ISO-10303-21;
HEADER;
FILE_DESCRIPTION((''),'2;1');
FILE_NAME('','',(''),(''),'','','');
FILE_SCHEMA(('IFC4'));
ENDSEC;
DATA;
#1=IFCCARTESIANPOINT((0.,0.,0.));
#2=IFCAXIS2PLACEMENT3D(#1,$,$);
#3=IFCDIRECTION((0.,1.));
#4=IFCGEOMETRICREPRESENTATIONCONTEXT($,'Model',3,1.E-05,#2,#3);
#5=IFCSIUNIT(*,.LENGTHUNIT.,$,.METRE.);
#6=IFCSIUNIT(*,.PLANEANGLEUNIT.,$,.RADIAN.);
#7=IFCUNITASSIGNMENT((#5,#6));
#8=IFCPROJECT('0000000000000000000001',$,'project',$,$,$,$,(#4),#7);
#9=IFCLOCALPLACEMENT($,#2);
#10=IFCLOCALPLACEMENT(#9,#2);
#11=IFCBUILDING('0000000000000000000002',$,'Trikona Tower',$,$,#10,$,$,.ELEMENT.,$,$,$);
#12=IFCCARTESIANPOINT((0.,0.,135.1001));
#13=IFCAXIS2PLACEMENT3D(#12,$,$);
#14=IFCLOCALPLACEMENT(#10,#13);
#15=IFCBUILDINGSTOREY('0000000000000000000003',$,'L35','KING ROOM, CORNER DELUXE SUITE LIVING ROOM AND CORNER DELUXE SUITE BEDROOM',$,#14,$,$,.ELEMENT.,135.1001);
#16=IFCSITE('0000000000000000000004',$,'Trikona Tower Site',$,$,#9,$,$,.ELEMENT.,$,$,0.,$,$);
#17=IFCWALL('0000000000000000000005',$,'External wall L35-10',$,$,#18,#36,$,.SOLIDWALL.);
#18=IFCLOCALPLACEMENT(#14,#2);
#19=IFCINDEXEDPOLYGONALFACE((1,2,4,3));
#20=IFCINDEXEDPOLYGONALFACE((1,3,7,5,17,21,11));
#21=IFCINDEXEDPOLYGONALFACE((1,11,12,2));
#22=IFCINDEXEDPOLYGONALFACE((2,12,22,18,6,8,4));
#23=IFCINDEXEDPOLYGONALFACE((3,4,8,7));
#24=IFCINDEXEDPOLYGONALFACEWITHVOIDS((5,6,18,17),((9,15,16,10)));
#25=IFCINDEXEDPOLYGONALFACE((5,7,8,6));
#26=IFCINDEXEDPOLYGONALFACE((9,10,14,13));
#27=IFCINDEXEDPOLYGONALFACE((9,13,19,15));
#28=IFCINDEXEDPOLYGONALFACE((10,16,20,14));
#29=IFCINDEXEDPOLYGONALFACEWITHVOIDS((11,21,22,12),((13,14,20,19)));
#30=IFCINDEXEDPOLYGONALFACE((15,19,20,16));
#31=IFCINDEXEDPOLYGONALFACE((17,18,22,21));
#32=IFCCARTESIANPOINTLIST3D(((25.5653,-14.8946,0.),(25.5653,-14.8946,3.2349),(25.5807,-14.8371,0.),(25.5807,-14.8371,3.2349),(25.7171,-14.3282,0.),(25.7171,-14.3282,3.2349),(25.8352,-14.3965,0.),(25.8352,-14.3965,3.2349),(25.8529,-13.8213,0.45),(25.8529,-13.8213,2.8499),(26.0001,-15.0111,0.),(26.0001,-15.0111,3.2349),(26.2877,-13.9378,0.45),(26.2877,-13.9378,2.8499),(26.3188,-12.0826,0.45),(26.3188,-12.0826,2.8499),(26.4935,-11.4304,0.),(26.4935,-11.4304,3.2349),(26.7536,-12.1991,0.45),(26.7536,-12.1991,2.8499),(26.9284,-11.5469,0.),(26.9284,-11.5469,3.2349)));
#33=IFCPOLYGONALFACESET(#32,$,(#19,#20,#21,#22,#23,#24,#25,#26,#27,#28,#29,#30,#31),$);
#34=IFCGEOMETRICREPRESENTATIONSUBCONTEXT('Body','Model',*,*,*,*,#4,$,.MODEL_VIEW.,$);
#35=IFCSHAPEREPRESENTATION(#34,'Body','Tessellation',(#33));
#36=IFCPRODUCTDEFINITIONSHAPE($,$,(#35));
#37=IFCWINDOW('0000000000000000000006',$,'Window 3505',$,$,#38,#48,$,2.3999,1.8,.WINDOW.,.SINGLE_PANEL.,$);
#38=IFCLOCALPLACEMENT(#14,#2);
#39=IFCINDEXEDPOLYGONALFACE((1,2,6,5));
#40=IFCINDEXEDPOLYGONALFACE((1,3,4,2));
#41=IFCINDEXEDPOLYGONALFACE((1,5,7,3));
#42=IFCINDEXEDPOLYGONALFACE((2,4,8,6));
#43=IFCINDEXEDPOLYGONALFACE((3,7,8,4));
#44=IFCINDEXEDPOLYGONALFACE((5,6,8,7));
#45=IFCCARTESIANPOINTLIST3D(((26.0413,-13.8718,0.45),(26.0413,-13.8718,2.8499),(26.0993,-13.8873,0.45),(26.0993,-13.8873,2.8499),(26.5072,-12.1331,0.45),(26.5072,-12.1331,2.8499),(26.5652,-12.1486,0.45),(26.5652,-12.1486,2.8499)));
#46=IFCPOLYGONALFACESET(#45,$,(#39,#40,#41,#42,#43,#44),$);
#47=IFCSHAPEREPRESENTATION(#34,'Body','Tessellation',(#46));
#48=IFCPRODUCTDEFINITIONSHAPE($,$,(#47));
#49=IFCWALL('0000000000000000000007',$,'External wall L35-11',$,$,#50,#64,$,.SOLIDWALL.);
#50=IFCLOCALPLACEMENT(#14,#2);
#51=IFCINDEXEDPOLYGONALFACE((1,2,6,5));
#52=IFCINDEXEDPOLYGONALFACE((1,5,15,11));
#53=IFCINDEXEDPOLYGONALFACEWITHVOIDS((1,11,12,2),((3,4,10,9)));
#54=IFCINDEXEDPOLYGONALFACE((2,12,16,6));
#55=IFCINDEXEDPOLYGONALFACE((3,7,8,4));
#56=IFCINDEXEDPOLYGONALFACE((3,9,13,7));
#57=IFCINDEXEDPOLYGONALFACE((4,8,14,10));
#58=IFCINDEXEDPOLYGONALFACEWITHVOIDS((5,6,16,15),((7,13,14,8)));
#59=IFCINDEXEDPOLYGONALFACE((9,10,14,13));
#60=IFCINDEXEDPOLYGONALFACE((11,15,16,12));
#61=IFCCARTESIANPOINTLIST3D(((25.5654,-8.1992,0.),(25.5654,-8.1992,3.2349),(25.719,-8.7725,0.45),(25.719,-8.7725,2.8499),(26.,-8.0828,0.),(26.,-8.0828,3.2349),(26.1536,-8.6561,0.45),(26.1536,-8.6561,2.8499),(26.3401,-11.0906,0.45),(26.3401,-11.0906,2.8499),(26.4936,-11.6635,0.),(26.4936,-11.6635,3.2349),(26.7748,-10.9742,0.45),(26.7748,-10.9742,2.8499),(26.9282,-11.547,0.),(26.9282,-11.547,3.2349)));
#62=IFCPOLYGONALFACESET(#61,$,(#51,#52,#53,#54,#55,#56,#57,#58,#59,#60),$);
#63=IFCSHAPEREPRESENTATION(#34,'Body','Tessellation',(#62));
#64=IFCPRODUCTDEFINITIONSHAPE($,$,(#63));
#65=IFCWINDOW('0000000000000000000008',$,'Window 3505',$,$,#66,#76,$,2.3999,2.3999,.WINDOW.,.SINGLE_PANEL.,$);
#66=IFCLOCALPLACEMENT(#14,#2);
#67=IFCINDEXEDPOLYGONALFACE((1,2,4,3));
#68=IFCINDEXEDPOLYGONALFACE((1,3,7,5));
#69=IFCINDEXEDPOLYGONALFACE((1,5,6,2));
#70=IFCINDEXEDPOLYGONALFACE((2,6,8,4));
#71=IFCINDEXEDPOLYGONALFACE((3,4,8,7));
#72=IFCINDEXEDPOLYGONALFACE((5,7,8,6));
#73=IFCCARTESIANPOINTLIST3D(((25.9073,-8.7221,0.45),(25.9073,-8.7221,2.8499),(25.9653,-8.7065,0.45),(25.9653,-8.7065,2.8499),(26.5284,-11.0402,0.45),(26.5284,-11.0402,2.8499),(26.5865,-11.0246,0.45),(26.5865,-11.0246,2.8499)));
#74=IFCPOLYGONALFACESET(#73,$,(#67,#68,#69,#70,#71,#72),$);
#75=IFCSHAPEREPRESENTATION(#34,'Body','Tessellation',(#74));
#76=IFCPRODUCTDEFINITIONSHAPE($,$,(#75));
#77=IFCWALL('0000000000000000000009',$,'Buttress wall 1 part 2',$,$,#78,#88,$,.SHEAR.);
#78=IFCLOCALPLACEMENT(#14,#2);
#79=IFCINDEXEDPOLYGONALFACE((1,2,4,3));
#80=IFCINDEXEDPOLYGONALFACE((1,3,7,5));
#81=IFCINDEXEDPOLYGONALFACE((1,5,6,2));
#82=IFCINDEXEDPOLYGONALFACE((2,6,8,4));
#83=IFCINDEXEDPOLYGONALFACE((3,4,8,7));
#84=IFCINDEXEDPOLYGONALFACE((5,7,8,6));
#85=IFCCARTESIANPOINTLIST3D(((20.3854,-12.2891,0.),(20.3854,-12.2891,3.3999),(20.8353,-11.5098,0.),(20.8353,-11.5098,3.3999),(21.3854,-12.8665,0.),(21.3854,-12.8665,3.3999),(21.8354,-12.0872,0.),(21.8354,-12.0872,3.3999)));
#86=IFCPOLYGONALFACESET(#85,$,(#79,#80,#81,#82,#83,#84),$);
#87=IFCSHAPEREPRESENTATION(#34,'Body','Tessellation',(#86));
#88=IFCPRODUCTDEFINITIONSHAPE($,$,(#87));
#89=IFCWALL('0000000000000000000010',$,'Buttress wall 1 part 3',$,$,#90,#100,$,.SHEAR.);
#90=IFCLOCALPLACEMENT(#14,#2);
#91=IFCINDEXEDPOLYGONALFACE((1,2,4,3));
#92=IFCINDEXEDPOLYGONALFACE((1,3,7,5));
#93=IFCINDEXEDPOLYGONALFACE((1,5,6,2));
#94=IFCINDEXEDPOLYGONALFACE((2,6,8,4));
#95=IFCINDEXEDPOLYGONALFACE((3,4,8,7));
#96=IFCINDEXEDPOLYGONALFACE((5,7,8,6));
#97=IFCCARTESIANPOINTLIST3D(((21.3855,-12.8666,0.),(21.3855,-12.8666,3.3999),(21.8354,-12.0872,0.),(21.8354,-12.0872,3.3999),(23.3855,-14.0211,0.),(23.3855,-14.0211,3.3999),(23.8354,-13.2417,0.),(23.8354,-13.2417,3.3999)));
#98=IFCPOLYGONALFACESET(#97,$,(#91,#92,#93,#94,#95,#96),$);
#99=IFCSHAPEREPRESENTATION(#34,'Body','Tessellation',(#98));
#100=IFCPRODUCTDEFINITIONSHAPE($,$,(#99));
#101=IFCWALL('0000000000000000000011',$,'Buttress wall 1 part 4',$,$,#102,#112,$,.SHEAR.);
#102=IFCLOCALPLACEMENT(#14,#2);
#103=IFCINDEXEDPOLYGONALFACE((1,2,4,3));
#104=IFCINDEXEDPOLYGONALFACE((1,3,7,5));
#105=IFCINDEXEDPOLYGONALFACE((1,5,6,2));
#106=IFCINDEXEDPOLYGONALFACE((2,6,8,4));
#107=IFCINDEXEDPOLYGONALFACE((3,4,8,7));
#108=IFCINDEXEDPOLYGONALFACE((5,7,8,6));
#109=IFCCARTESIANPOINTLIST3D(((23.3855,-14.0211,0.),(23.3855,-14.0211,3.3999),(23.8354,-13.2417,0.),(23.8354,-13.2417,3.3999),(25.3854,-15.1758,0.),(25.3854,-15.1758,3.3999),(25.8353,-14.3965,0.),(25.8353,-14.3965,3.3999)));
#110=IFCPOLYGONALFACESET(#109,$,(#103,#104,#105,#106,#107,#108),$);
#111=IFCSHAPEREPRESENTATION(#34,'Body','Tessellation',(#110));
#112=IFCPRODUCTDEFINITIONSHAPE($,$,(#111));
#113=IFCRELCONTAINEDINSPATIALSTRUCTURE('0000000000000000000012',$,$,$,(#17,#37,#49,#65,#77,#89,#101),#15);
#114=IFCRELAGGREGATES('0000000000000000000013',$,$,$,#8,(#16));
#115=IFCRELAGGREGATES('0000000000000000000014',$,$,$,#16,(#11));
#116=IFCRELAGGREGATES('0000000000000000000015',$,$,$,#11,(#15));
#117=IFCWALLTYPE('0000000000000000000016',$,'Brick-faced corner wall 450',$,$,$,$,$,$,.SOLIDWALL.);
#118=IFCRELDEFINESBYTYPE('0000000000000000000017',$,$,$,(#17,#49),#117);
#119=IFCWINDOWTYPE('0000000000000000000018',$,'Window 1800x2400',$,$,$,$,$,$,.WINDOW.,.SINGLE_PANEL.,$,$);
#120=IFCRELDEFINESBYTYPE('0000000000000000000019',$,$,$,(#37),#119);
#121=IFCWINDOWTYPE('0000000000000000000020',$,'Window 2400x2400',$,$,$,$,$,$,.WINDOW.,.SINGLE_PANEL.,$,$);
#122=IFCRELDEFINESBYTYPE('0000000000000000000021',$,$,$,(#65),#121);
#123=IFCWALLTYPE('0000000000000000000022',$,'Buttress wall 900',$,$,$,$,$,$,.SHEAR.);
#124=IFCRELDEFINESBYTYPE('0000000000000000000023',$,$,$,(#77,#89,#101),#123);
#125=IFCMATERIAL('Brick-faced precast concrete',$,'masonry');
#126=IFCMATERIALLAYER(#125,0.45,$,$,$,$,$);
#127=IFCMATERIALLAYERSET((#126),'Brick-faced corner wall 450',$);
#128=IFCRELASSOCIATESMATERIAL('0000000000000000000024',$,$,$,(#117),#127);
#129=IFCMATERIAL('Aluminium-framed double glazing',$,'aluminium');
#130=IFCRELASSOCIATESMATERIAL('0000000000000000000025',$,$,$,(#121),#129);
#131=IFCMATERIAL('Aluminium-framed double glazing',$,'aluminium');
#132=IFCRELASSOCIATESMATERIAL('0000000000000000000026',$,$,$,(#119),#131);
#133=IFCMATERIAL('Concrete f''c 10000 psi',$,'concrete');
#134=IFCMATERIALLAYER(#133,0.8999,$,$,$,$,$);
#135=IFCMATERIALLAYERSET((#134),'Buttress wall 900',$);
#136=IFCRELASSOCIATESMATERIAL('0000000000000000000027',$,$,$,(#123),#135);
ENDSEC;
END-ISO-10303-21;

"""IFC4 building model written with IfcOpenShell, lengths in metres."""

from ifc_helpers import new_model, si_unit, direction, frame, frame_2d, origin, place, context, subcontext, project, spatial, polyline, rectangle, outline, extrude, material, layer, layer_set, type_object, element, fill, save


model = new_model("IFC4")

# Units and contexts
model_context = context("Model", 3, precision=1e-05, world=origin(), true_north=direction((0.0, 1.0)))
body_context = subcontext(model_context, "Body", "Model", "MODEL_VIEW")
ifc_project = project(units=[si_unit("LENGTHUNIT", "METRE"), si_unit("PLANEANGLEUNIT", "RADIAN")], contexts=[model_context])

# Site, building, storey
site_placement = place(None, origin())
site = spatial("IfcSite", under=ifc_project, at=site_placement, Name="Trikona Tower Site", CompositionType="ELEMENT", RefElevation=0.0)
building_placement = place(site_placement, origin())
building = spatial("IfcBuilding", under=site, at=building_placement, Name="Trikona Tower", CompositionType="ELEMENT")
storey_placement = place(building_placement, frame((0.0, 0.0, 135.1001)))
storey = spatial("IfcBuildingStorey", under=building, at=storey_placement, Name="L35", Description="KING ROOM, CORNER DELUXE SUITE LIVING ROOM AND CORNER DELUXE SUITE BEDROOM", CompositionType="ELEMENT", Elevation=135.1001)

# Walls, openings, windows
ifc_material_1 = material(Name="Brick-faced precast concrete", Category="masonry")
ifc_layer_1 = layer(ifc_material_1, 0.45)
ifc_layer_set_1 = layer_set([ifc_layer_1], Name="Brick-faced corner wall 450")
wall_type_1 = type_object("IfcWallType", Name="Brick-faced corner wall 450", PredefinedType="SOLIDWALL", material=ifc_layer_set_1)
ifc_material_2 = material(Name="Aluminium-framed double glazing", Category="aluminium")
window_type_1 = type_object("IfcWindowType", Name="Window 2400x2400", PartitioningType="SINGLE_PANEL", PredefinedType="WINDOW", material=ifc_material_2)
ifc_material_3 = material(Name="Aluminium-framed double glazing", Category="aluminium")
window_type_2 = type_object("IfcWindowType", Name="Window 1800x2400", PartitioningType="SINGLE_PANEL", PredefinedType="WINDOW", material=ifc_material_3)
wall_1_placement = place(storey_placement, frame((25.7827, -14.9529, 0.0), z_axis=(0.0, 0.0, 1.0), x_axis=(0.258823, 0.965925, 0.0)))
wall_1 = element("IfcWall", 1, at=wall_1_placement, inside=storey, type_object=wall_type_1, Name="External wall L35-10", PredefinedType="SOLIDWALL", context=body_context, shape_type="SweptSolid", body=[
    extrude(outline(polyline([(3.5864, 0.2251), (0.5864, 0.2251), (0.551, 0.0933), (0.0596, 0.2251), (0.0, 0.2251), (0.0, -0.2251), (3.5864, -0.2251), (3.5864, 0.2251)])), origin(), (0.0, 0.0, 1.0), 3.2349),
])
opening_1_placement = place(wall_1_placement, frame((1.1113, 0.0, 0.45)))
opening_1 = element("IfcOpeningElement", 2, at=opening_1_placement, cuts=wall_1, PredefinedType="OPENING", context=body_context, shape_type="SweptSolid", body=[
    extrude(rectangle(XDim=1.8, YDim=2.3999, at=frame_2d((0.8999, 1.2))), frame((0.0, 0.2349, 0.0), z_axis=(0.0, -1.0, 0.0), x_axis=(1.0, 0.0, 0.0)), (0.0, 0.0, 1.0), 0.47),
])
window_1_placement = place(opening_1_placement, origin())
window_1 = element("IfcWindow", 3, at=window_1_placement, inside=storey, type_object=window_type_2, Name="Window 3505", OverallHeight=2.3999, OverallWidth=1.8, PartitioningType="SINGLE_PANEL", PredefinedType="WINDOW", context=body_context, shape_type="SweptSolid", body=[
    extrude(rectangle(XDim=1.8, YDim=2.3999, at=frame_2d((0.8999, 1.2))), frame((0.0, 0.03, 0.0), z_axis=(0.0, -1.0, 0.0), x_axis=(1.0, 0.0, 0.0)), (0.0, 0.0, 1.0), 0.0601),
])
fill(opening_1, window_1)
wall_2_placement = place(storey_placement, frame((26.7109, -11.6052, 0.0), z_axis=(0.0, 0.0, 1.0), x_axis=(-0.258823, 0.965925, 0.0)))
wall_2 = element("IfcWall", 4, at=wall_2_placement, inside=storey, type_object=wall_type_1, Name="External wall L35-11", PredefinedType="SOLIDWALL", context=body_context, shape_type="SweptSolid", body=[
    extrude(rectangle(XDim=3.5864, YDim=0.45, at=frame_2d((1.7932, 0.0))), origin(), (0.0, 0.0, 1.0), 3.2349),
])
opening_2_placement = place(wall_2_placement, frame((0.593, 0.0, 0.45)))
opening_2 = element("IfcOpeningElement", 5, at=opening_2_placement, cuts=wall_2, PredefinedType="OPENING", context=body_context, shape_type="SweptSolid", body=[
    extrude(rectangle(XDim=2.3999, YDim=2.3999, at=frame_2d((1.2, 1.2))), frame((0.0, 0.2349, 0.0), z_axis=(0.0, -1.0, 0.0), x_axis=(1.0, 0.0, 0.0)), (0.0, 0.0, 1.0), 0.47),
])
window_2_placement = place(opening_2_placement, origin())
window_2 = element("IfcWindow", 6, at=window_2_placement, inside=storey, type_object=window_type_1, Name="Window 3505", OverallHeight=2.3999, OverallWidth=2.3999, PartitioningType="SINGLE_PANEL", PredefinedType="WINDOW", context=body_context, shape_type="SweptSolid", body=[
    extrude(rectangle(XDim=2.3999, YDim=2.3999, at=frame_2d((1.2, 1.2))), frame((0.0, 0.03, 0.0), z_axis=(0.0, -1.0, 0.0), x_axis=(1.0, 0.0, 0.0)), (0.0, 0.0, 1.0), 0.0601),
])
fill(opening_2, window_2)

# Walls
ifc_material_4 = material(Name="Concrete f'c 10000 psi", Category="concrete")
ifc_layer_2 = layer(ifc_material_4, 0.8999)
ifc_layer_set_2 = layer_set([ifc_layer_2], Name="Buttress wall 900")
wall_type_2 = type_object("IfcWallType", Name="Buttress wall 900", PredefinedType="SHEAR", material=ifc_layer_set_2)
wall_3_placement = place(storey_placement, frame((20.6104, -11.8994, 0.0), z_axis=(0.0, 0.0, 1.0), x_axis=(0.86601, -0.500027, 0.0)))
element("IfcWall", 7, at=wall_3_placement, inside=storey, type_object=wall_type_2, Name="Buttress wall 1 part 2", PredefinedType="SHEAR", context=body_context, shape_type="SweptSolid", body=[
    extrude(rectangle(XDim=1.1548, YDim=0.8999, at=frame_2d((0.5774, 0.0))), origin(), (0.0, 0.0, 1.0), 3.3999),
])
for number, where, z_axis, x_axis, name in (
    (8, (21.6104, -12.4768, 0.0), (0.0, 0.0, 1.0), (0.866055, -0.499948, 0.0), "Buttress wall 1 part 3"),
    (9, (23.6104, -13.6313, 0.0), (0.0, 0.0, 1.0), (0.86601, -0.500027, 0.0), "Buttress wall 1 part 4"),
):
    element("IfcWall", number, at=place(storey_placement, frame(where, z_axis=z_axis, x_axis=x_axis)), inside=storey, type_object=wall_type_2, Name=name, PredefinedType="SHEAR", context=body_context, shape_type="SweptSolid", body=[
        extrude(rectangle(XDim=2.3093, YDim=0.8999, at=frame_2d((1.1548, 0.0))), origin(), (0.0, 0.0, 1.0), 3.3999),
    ])

save(model, "model.ifc")
